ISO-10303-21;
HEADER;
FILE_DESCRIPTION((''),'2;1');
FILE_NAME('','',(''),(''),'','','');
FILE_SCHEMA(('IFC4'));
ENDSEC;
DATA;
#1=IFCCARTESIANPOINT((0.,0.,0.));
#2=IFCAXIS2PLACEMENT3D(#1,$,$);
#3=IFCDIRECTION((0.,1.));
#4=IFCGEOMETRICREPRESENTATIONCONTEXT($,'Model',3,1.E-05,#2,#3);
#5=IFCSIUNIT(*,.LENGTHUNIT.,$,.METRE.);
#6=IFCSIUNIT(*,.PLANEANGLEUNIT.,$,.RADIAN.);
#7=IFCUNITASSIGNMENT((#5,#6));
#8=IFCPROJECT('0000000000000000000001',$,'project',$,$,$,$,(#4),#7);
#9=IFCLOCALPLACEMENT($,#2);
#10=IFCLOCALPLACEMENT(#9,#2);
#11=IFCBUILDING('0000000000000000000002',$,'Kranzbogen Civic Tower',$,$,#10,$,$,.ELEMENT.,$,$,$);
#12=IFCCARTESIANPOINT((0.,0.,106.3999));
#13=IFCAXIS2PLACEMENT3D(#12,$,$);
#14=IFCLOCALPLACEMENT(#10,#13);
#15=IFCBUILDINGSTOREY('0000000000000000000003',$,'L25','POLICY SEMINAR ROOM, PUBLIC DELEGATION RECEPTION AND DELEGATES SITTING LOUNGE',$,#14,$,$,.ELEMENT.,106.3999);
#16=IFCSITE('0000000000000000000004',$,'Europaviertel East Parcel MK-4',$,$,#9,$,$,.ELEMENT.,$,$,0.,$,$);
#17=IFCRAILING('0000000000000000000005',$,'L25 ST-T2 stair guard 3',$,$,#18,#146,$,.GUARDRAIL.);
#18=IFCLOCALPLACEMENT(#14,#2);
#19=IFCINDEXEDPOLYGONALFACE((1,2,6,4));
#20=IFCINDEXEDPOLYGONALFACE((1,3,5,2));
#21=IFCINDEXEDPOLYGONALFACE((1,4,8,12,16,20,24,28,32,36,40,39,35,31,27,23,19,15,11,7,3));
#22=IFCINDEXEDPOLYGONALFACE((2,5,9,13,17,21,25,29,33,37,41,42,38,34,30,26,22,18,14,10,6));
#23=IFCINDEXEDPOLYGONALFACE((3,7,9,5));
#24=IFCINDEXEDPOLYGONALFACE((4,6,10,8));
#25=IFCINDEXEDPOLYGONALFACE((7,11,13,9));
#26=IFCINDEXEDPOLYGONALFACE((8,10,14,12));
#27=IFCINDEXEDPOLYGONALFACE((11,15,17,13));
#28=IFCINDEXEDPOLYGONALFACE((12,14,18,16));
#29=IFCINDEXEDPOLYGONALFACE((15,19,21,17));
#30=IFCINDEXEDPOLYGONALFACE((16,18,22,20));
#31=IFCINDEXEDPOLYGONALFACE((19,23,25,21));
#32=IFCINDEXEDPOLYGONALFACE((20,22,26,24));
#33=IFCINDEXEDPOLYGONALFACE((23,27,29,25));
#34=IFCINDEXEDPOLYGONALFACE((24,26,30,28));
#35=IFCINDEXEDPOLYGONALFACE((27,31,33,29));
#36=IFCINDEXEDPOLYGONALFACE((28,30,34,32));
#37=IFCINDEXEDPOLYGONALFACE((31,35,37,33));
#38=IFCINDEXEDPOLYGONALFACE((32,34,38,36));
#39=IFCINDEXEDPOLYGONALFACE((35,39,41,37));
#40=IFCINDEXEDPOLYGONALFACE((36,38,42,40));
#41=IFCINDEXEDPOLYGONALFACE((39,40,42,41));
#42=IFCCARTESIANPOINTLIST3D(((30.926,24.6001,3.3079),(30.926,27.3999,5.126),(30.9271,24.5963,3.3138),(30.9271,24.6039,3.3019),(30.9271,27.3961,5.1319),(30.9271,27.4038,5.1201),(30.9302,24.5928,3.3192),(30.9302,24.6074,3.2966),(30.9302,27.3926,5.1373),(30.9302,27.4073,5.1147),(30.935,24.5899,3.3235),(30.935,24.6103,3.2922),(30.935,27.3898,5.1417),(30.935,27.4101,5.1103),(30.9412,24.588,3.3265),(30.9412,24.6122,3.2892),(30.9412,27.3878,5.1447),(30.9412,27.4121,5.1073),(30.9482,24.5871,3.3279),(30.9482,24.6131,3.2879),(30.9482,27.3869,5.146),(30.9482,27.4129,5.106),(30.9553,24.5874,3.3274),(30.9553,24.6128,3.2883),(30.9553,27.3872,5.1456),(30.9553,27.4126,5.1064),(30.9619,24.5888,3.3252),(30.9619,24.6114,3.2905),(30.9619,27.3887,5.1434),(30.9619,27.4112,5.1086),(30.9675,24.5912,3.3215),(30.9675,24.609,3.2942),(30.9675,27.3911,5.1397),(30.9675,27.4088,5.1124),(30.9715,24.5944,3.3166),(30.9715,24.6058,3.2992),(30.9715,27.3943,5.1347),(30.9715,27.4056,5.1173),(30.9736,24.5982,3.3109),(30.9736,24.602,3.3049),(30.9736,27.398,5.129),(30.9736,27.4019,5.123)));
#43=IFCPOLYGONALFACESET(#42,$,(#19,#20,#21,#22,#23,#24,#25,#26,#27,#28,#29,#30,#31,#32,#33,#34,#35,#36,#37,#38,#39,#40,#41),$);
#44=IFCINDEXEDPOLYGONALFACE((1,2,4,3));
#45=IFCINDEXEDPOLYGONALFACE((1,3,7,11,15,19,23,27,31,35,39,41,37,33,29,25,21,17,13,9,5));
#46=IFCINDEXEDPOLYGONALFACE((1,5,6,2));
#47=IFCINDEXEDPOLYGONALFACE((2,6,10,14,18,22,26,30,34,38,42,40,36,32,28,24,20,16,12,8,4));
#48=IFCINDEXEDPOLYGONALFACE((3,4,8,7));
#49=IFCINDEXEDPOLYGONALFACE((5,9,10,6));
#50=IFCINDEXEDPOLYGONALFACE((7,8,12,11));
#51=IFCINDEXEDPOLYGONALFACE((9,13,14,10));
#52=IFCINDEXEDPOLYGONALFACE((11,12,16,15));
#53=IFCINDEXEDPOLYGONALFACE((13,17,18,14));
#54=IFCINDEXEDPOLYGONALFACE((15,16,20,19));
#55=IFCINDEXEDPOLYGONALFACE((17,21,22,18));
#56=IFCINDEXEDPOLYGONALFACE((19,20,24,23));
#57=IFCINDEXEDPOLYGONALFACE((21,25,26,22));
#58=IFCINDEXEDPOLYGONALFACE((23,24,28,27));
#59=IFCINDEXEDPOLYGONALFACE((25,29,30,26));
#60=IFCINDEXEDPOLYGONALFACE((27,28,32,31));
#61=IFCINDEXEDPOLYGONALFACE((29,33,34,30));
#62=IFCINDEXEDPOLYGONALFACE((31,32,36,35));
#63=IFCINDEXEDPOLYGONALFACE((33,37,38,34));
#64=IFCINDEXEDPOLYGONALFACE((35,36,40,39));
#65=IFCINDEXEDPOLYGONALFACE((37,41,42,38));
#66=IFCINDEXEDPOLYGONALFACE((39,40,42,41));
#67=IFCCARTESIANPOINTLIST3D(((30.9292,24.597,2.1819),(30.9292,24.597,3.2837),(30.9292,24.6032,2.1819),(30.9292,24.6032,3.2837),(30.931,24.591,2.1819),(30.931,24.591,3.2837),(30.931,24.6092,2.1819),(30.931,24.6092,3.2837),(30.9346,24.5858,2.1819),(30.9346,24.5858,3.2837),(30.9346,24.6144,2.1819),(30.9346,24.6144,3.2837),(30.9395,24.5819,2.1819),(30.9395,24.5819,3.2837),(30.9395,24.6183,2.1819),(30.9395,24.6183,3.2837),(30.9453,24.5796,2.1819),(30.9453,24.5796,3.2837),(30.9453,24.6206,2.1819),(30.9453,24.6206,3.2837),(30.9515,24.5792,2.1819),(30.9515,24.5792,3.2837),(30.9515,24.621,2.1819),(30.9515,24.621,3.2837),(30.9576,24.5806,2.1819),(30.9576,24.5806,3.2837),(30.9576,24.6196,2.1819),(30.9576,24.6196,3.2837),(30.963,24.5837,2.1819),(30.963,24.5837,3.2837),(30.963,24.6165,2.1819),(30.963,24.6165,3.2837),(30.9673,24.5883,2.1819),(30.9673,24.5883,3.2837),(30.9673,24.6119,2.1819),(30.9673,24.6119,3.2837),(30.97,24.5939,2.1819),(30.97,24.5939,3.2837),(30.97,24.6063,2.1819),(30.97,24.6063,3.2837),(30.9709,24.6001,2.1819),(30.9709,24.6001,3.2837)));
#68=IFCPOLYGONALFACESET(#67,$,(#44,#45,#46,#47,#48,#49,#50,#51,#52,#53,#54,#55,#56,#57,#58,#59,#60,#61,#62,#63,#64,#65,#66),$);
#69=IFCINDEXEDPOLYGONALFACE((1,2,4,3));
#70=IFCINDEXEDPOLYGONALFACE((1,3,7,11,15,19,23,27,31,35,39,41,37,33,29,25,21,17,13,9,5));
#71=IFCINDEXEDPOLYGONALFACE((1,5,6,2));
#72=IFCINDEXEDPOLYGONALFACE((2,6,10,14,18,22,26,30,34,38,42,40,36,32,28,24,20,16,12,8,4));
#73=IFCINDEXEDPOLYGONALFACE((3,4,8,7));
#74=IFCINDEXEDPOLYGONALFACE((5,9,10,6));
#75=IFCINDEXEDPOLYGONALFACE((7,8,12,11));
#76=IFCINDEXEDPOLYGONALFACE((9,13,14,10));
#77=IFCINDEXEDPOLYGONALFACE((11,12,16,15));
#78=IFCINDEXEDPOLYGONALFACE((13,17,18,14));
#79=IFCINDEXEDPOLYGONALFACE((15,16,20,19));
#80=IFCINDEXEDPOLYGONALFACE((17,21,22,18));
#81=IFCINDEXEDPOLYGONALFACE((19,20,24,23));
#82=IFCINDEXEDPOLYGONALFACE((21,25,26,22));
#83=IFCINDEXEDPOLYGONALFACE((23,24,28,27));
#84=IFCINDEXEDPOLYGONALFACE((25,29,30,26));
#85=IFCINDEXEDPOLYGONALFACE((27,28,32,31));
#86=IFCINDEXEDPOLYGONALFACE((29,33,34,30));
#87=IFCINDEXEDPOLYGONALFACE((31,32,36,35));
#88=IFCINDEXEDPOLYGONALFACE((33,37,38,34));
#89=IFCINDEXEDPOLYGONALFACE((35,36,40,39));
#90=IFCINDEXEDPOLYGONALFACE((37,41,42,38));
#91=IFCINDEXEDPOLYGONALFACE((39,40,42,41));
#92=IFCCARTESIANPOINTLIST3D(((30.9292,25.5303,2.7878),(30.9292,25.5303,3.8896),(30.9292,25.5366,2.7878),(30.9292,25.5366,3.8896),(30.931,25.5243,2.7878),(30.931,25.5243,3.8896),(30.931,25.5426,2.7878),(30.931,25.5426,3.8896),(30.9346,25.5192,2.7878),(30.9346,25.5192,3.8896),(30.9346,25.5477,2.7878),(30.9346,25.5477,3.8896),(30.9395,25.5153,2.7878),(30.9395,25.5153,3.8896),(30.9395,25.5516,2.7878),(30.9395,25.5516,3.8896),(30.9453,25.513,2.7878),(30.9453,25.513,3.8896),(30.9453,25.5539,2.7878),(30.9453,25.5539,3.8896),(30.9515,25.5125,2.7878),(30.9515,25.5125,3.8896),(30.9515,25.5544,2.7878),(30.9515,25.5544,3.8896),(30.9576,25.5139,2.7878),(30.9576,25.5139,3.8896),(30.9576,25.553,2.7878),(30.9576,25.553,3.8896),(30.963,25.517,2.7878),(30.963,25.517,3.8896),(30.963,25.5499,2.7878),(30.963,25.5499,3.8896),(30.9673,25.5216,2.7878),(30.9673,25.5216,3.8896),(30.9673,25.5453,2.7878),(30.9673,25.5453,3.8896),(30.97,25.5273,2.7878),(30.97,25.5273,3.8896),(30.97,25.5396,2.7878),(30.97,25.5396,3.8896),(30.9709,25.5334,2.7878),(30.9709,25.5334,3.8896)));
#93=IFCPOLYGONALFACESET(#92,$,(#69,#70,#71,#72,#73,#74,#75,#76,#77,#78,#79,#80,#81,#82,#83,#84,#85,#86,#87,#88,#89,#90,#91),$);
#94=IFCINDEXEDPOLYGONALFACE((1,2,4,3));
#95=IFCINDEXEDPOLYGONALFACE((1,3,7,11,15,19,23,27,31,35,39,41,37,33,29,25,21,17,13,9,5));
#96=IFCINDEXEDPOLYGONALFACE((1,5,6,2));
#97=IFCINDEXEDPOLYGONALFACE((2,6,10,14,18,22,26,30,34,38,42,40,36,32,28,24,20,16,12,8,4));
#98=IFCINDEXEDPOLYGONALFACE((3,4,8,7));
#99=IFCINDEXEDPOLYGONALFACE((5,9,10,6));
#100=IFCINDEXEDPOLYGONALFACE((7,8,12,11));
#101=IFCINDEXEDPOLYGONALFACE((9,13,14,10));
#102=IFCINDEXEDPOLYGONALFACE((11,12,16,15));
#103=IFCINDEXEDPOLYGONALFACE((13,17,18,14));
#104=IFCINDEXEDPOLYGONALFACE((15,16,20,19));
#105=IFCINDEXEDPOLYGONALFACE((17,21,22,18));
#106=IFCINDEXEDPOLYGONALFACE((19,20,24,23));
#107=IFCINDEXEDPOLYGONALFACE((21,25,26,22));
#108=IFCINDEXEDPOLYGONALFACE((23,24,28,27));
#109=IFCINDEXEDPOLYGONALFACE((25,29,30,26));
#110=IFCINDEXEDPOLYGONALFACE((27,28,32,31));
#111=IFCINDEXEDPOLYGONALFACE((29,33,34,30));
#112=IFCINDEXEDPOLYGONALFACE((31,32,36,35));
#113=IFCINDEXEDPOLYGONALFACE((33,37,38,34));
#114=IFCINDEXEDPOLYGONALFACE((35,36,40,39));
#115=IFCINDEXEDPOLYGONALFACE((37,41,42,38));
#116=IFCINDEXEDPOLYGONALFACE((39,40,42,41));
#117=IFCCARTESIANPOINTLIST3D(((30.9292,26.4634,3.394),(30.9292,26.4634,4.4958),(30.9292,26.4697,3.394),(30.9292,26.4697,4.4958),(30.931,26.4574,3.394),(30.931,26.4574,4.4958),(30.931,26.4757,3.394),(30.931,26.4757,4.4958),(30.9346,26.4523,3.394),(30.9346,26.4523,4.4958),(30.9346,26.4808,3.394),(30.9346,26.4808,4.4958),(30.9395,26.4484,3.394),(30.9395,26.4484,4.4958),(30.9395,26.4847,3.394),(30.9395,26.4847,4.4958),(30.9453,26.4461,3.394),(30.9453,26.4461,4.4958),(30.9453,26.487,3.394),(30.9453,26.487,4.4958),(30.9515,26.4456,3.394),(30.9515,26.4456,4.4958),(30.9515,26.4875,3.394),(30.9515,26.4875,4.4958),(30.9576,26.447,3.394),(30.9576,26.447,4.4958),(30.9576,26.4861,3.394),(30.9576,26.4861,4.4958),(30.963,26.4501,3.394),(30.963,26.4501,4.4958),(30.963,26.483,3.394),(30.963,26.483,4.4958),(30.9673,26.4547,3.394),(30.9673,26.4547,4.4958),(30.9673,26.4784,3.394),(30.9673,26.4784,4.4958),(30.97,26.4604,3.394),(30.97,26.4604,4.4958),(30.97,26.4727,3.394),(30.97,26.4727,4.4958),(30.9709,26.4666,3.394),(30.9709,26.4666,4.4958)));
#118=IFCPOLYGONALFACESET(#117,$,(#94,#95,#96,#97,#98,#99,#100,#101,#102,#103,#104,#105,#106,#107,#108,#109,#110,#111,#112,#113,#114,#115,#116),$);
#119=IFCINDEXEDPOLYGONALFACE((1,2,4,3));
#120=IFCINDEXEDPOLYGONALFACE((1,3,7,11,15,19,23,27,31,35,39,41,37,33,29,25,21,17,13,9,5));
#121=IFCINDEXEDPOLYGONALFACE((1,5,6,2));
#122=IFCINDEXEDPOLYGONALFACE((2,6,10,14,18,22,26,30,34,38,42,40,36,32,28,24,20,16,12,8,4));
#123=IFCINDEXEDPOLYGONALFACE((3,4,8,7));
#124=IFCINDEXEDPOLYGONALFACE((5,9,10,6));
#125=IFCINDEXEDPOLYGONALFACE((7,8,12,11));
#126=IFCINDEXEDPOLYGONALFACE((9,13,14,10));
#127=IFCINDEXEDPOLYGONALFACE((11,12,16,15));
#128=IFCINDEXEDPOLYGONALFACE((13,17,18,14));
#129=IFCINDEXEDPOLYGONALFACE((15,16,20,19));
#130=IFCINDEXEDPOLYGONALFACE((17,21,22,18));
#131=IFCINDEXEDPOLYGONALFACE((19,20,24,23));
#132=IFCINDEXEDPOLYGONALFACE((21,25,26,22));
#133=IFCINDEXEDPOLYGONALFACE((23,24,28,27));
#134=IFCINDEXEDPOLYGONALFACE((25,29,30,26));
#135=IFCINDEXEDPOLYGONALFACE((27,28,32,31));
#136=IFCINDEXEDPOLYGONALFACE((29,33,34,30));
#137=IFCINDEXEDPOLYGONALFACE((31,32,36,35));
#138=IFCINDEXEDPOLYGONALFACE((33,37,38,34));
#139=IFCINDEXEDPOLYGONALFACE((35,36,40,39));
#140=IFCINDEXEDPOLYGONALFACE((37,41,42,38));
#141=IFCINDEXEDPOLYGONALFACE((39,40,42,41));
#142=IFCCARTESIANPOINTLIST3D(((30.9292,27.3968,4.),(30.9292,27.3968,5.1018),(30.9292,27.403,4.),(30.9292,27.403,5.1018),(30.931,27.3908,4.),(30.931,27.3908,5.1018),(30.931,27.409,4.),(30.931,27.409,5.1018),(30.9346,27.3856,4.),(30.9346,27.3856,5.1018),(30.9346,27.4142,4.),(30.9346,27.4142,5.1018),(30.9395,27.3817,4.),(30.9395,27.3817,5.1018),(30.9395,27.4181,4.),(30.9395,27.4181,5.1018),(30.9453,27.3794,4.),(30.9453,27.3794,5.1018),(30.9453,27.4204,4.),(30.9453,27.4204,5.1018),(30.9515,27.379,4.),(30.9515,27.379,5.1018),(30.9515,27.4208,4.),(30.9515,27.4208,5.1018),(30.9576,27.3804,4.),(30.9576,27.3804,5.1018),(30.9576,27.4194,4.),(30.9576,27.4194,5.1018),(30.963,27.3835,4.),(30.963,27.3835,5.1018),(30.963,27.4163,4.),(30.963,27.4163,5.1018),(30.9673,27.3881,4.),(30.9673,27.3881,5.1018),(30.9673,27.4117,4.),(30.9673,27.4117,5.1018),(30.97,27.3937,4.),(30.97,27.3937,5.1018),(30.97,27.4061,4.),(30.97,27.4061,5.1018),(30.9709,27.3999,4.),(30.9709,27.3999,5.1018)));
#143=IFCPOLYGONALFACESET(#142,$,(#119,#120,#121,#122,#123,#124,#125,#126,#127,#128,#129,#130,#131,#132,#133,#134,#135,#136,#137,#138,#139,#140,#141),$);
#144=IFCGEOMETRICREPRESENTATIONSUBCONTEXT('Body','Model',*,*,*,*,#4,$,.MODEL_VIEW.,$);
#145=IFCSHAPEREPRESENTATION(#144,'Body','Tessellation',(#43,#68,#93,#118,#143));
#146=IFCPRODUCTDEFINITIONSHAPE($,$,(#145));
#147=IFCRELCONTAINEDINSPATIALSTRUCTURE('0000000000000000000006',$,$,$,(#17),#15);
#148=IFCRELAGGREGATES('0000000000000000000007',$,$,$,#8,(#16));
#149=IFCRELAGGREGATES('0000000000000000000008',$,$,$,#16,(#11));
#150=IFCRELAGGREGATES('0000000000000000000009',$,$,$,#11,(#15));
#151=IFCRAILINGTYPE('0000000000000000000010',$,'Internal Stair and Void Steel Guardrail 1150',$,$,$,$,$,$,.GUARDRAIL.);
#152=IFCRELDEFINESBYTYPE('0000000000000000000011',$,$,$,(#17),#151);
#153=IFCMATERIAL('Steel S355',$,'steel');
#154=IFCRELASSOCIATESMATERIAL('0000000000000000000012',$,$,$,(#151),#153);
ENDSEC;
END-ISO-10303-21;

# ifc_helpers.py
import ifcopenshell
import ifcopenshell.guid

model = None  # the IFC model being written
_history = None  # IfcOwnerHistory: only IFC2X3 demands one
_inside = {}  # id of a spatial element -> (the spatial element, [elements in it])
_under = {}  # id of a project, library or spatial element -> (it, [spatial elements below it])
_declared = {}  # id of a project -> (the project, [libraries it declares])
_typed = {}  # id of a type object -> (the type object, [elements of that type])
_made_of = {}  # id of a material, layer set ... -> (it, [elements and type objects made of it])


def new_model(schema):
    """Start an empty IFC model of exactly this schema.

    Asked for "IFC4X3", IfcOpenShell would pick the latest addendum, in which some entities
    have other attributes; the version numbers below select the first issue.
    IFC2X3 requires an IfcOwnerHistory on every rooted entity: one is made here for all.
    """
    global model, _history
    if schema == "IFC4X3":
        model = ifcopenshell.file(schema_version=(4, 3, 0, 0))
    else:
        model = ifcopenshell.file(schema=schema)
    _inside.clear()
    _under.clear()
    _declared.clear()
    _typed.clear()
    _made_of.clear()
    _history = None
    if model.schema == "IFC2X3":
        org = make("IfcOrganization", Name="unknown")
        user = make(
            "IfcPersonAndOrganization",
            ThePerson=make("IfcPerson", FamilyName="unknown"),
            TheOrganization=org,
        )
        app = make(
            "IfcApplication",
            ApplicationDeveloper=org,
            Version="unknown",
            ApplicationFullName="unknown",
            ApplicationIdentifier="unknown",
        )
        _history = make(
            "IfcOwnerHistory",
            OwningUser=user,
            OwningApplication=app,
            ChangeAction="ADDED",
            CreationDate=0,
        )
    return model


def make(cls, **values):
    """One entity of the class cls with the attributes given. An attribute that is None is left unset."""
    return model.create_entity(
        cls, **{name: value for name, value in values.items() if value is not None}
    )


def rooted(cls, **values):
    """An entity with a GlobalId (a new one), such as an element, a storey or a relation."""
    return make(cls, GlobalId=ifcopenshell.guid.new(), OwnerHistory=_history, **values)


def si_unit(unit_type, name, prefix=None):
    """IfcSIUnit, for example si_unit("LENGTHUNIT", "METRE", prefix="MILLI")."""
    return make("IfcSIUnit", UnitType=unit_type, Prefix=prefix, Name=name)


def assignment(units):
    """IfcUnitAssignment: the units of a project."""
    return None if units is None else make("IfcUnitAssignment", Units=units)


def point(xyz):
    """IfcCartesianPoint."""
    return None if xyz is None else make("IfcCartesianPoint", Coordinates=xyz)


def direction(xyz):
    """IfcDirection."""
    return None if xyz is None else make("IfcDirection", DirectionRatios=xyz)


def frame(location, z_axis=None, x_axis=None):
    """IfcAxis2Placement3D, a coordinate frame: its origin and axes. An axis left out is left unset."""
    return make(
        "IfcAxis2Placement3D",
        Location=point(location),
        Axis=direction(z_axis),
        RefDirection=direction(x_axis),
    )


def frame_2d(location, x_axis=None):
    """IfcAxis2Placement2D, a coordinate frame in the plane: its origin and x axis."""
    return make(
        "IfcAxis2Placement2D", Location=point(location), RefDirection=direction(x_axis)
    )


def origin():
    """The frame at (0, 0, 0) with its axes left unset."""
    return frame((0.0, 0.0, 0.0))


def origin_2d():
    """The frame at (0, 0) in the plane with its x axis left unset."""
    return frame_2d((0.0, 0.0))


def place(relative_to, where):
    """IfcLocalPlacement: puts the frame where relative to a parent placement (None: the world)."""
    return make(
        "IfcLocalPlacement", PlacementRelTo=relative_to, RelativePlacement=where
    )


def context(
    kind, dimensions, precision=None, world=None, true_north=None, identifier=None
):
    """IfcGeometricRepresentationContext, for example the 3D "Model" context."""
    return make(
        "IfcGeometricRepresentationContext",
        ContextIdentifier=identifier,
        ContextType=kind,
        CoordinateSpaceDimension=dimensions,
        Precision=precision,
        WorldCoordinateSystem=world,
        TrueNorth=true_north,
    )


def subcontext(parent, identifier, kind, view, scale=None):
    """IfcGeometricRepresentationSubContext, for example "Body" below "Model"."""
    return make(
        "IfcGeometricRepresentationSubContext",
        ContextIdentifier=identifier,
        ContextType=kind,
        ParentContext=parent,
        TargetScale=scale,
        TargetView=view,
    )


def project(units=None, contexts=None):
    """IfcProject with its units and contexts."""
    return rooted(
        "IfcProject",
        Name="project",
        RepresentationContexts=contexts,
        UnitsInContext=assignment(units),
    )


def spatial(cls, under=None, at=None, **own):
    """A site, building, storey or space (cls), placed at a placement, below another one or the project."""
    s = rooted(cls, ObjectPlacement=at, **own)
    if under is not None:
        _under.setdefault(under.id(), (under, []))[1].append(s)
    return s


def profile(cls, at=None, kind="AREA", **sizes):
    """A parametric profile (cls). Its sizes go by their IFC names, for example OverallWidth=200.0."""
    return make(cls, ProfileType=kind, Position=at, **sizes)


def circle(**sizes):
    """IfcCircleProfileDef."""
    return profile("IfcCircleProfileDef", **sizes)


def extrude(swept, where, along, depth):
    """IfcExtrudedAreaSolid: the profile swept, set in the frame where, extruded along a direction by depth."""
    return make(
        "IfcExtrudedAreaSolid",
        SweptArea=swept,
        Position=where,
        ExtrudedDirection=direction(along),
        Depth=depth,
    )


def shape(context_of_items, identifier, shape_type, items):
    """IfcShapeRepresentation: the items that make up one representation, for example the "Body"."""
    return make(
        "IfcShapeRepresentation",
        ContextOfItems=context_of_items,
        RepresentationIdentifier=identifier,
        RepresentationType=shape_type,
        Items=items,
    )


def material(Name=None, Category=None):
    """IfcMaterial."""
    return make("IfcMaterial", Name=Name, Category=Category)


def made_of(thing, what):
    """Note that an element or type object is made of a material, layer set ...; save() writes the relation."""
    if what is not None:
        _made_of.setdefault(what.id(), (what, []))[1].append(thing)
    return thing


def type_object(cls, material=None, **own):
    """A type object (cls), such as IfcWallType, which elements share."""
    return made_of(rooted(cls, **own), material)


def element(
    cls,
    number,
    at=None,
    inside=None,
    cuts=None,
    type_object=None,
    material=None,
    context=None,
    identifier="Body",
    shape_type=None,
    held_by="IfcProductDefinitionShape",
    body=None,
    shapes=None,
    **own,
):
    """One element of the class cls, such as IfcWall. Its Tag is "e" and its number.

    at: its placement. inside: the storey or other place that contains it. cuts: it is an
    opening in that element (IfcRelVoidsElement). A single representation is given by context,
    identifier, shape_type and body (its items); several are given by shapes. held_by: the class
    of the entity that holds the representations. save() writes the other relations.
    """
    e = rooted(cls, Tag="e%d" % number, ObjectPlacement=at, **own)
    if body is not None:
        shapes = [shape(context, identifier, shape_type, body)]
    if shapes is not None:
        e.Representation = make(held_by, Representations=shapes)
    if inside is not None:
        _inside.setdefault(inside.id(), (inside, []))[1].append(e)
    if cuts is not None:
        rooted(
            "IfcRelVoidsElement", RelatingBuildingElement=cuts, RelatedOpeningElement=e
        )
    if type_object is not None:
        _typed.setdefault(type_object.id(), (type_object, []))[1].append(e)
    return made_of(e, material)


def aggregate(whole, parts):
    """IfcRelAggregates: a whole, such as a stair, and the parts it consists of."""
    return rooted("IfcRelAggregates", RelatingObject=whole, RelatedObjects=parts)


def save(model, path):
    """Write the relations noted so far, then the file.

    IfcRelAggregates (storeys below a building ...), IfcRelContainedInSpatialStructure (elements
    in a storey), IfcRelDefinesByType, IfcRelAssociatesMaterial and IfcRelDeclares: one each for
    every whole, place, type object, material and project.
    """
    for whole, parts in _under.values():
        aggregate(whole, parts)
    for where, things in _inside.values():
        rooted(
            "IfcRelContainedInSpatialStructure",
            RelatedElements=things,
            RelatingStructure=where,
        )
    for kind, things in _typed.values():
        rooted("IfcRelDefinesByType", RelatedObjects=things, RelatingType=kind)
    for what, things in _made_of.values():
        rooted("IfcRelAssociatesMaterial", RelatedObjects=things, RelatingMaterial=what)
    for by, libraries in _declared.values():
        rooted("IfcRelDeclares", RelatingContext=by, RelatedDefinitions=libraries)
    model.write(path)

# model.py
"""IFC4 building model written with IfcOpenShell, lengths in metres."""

from ifc_helpers import new_model, si_unit, direction, frame, origin, origin_2d, place, context, subcontext, project, spatial, circle, extrude, material, type_object, element, save


model = new_model("IFC4")

# Units and contexts
model_context = context("Model", 3, precision=1e-05, world=origin(), true_north=direction((0.0, 1.0)))
body_context = subcontext(model_context, "Body", "Model", "MODEL_VIEW")
ifc_project = project(units=[si_unit("LENGTHUNIT", "METRE"), si_unit("PLANEANGLEUNIT", "RADIAN")], contexts=[model_context])

# Site, building, storey
site_placement = place(None, origin())
site = spatial("IfcSite", under=ifc_project, at=site_placement, Name="Europaviertel East Parcel MK-4", CompositionType="ELEMENT", RefElevation=0.0)
building_placement = place(site_placement, origin())
building = spatial("IfcBuilding", under=site, at=building_placement, Name="Kranzbogen Civic Tower", CompositionType="ELEMENT")
storey_placement = place(building_placement, frame((0.0, 0.0, 106.3999)))
storey = spatial("IfcBuildingStorey", under=building, at=storey_placement, Name="L25", Description="POLICY SEMINAR ROOM, PUBLIC DELEGATION RECEPTION AND DELEGATES SITTING LOUNGE", CompositionType="ELEMENT", Elevation=106.3999)

# Shared definitions
ifc_material_1 = material(Name="Steel S355", Category="steel")

# Railing
railing_type_1 = type_object("IfcRailingType", Name="Internal Stair and Void Steel Guardrail 1150", PredefinedType="GUARDRAIL", material=ifc_material_1)
railing_1_placement = place(storey_placement, frame((30.95, 24.6001, 2.1819)))
element("IfcRailing", 1, at=railing_1_placement, inside=storey, type_object=railing_type_1, Name="L25 ST-T2 stair guard 3", PredefinedType="GUARDRAIL", context=body_context, shape_type="SweptSolid", body=[
    extrude(circle(Radius=0.0239, at=origin_2d()), frame((0.0, 0.0, 1.126), z_axis=(0.0, 0.838684, 0.544618), x_axis=(-1.0, 0.0, 0.0)), (0.0, 0.0, 1.0), 3.3384),
    extrude(circle(Radius=0.021, at=origin_2d()), origin(), (0.0, 0.0, 1.0), 1.1018),
    extrude(circle(Radius=0.021, at=origin_2d()), frame((0.0, 0.9333, 0.606)), (0.0, 0.0, 1.0), 1.1018),
    extrude(circle(Radius=0.021, at=origin_2d()), frame((0.0, 1.8665, 1.2122)), (0.0, 0.0, 1.0), 1.1018),
    extrude(circle(Radius=0.021, at=origin_2d()), frame((0.0, 2.7998, 1.8181)), (0.0, 0.0, 1.0), 1.1018),
])

save(model, "model.ifc")
